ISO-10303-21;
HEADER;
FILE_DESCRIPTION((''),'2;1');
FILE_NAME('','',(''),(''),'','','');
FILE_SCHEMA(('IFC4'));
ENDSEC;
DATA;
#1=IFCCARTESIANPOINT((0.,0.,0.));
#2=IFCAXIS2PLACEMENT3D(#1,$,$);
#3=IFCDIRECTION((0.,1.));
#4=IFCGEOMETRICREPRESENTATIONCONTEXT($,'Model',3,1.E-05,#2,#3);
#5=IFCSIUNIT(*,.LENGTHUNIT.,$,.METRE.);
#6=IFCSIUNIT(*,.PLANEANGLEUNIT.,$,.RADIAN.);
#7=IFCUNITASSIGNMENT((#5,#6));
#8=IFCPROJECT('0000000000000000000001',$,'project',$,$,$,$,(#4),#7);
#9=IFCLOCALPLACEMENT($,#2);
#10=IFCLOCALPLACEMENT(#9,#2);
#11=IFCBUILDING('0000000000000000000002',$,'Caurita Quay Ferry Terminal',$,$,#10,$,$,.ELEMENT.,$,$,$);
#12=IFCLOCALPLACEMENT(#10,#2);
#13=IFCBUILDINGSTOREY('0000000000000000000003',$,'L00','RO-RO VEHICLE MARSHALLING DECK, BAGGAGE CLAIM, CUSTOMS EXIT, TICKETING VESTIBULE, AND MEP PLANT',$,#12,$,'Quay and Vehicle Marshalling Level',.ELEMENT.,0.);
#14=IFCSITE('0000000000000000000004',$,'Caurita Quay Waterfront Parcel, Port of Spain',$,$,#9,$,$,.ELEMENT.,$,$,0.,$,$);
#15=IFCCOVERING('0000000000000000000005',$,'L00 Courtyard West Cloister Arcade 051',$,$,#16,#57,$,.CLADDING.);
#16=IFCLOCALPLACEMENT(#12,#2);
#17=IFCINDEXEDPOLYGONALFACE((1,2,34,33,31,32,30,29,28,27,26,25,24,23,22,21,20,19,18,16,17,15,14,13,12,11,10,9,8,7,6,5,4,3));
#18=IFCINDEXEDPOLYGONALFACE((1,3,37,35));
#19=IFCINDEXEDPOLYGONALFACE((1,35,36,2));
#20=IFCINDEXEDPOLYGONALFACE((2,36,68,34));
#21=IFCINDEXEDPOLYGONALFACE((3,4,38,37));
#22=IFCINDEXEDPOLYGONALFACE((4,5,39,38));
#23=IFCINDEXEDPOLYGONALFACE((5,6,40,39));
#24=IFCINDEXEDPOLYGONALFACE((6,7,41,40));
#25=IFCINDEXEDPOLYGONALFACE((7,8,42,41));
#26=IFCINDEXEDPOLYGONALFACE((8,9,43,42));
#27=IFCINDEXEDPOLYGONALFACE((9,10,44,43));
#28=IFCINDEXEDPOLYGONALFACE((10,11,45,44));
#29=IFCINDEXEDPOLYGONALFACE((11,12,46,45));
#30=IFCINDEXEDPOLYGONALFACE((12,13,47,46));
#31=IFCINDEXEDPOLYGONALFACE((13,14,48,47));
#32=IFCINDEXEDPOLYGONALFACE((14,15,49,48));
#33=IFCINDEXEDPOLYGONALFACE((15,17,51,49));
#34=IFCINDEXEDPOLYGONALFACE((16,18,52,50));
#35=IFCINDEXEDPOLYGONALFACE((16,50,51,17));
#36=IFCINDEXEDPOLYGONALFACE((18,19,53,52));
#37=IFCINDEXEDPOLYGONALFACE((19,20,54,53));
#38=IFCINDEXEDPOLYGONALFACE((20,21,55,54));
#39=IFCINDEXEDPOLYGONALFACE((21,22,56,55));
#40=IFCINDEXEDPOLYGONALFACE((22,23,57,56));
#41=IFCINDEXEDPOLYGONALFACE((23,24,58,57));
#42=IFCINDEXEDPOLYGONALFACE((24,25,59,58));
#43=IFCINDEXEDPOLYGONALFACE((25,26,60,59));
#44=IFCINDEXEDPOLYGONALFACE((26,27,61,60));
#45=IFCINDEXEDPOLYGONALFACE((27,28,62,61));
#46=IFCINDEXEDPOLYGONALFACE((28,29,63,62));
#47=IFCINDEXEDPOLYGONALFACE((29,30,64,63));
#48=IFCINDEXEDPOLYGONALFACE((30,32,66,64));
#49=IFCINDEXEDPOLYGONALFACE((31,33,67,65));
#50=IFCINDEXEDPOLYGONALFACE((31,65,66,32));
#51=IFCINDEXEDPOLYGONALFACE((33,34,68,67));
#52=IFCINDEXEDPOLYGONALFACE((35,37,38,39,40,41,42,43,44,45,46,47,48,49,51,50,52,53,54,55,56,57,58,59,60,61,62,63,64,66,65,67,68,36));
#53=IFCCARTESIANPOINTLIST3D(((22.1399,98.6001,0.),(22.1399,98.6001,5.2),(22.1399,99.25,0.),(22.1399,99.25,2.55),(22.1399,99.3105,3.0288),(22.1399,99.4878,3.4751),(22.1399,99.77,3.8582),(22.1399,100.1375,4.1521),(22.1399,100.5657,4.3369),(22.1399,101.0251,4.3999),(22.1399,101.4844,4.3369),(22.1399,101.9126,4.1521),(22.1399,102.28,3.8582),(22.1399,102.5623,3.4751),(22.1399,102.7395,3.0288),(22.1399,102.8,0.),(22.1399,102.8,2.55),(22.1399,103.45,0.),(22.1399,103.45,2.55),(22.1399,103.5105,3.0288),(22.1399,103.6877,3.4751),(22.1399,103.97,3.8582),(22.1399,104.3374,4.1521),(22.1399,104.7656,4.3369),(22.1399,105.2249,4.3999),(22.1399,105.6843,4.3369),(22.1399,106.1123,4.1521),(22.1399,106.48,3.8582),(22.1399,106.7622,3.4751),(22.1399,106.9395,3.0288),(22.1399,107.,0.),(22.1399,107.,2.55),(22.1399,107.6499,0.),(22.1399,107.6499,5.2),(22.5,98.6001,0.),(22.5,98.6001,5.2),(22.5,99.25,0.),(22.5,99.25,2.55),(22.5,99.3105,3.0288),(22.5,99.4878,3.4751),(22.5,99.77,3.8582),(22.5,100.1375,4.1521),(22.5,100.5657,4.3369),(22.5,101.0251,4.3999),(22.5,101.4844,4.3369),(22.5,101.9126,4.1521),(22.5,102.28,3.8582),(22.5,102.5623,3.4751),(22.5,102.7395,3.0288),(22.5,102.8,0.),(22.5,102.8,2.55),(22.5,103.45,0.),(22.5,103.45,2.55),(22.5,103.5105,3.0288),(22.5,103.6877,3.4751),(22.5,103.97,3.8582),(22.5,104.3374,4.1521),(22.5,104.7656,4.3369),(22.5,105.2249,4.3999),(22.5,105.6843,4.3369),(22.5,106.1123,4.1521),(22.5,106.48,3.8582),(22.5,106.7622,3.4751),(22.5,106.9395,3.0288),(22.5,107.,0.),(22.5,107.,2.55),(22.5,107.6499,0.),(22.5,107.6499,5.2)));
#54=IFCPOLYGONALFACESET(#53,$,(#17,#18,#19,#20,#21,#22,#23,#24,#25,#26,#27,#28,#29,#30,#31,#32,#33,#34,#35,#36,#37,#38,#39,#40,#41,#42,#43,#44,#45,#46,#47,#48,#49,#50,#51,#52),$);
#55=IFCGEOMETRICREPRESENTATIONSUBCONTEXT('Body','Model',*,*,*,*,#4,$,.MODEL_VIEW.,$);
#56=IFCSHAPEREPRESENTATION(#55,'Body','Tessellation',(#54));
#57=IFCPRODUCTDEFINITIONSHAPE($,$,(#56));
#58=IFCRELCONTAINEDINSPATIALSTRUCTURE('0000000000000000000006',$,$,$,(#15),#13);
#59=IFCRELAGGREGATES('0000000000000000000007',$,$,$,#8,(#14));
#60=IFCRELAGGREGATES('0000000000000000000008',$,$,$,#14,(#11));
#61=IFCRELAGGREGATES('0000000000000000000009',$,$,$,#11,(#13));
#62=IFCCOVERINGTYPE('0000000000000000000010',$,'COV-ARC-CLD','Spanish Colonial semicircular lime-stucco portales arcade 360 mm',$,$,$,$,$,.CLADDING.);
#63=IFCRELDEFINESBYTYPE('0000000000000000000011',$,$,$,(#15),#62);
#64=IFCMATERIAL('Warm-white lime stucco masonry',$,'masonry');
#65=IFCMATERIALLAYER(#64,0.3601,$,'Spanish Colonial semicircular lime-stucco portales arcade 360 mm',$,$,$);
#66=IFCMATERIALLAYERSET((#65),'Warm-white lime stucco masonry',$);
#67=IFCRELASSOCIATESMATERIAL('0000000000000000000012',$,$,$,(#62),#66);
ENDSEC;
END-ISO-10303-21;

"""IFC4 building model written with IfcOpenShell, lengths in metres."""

from ifc_helpers import new_model, si_unit, direction, frame, origin, place, context, subcontext, project, spatial, polyline, outline, extrude, material, layer, layer_set, type_object, element, save


model = new_model("IFC4")

# Units and contexts
model_context = context("Model", 3, precision=1e-05, world=origin(), true_north=direction((0.0, 1.0)))
body_context = subcontext(model_context, "Body", "Model", "MODEL_VIEW")
ifc_project = project(units=[si_unit("LENGTHUNIT", "METRE"), si_unit("PLANEANGLEUNIT", "RADIAN")], contexts=[model_context])

# Site, building, storey
site_placement = place(None, origin())
site = spatial("IfcSite", under=ifc_project, at=site_placement, Name="Caurita Quay Waterfront Parcel, Port of Spain", CompositionType="ELEMENT", RefElevation=0.0)
building_placement = place(site_placement, origin())
building = spatial("IfcBuilding", under=site, at=building_placement, Name="Caurita Quay Ferry Terminal", CompositionType="ELEMENT")
storey_placement = place(building_placement, origin())
storey = spatial("IfcBuildingStorey", under=building, at=storey_placement, Name="L00", Description="RO-RO VEHICLE MARSHALLING DECK, BAGGAGE CLAIM, CUSTOMS EXIT, TICKETING VESTIBULE, AND MEP PLANT", LongName="Quay and Vehicle Marshalling Level", CompositionType="ELEMENT", Elevation=0.0)

# Shared definitions
ifc_material_1 = material(Name="Warm-white lime stucco masonry", Category="masonry")

# Covering
ifc_layer_1 = layer(ifc_material_1, 0.3601, Name="Spanish Colonial semicircular lime-stucco portales arcade 360 mm")
ifc_layer_set_1 = layer_set([ifc_layer_1], Name="Warm-white lime stucco masonry")
covering_type = type_object("IfcCoveringType", Name="COV-ARC-CLD", Description="Spanish Colonial semicircular lime-stucco portales arcade 360 mm", PredefinedType="CLADDING", material=ifc_layer_set_1)
covering_1_placement = place(storey_placement, frame((22.3201, 98.6001, 0.0), z_axis=(0.0, 0.0, 1.0), x_axis=(0.0, 1.0, 0.0)))
element("IfcCovering", 1, at=covering_1_placement, inside=storey, type_object=covering_type, Name="L00 Courtyard West Cloister Arcade 051", PredefinedType="CLADDING", context=body_context, shape_type="SweptSolid", body=[
    extrude(outline(polyline([(0.0, 0.0), (0.6499, 0.0), (0.6499, 2.55), (0.7104, 3.0288), (0.8877, 3.4751), (1.1699, 3.8582), (1.5374, 4.1521), (1.9656, 4.3369), (2.425, 4.3999), (2.8843, 4.3369), (3.3125, 4.1521), (3.6799, 3.8582), (3.9622, 3.4751), (4.1394, 3.0288), (4.2, 2.55), (4.2, 0.0), (4.8499, 0.0), (4.8499, 2.55), (4.9104, 3.0288), (5.0876, 3.4751), (5.3699, 3.8582), (5.7373, 4.1521), (6.1655, 4.3369), (6.6248, 4.3999), (7.0842, 4.3369), (7.5122, 4.1521), (7.8799, 3.8582), (8.1621, 3.4751), (8.3394, 3.0288), (8.3999, 2.55), (8.3999, 0.0), (9.0498, 0.0), (9.0498, 5.2), (0.0, 5.2), (0.0, 0.0)])), frame((0.0, 0.1802, 0.0), z_axis=(0.0, -1.0, 0.0), x_axis=(1.0, 0.0, 0.0)), (0.0, 0.0, 1.0), 0.3601),
])

save(model, "model.ifc")
